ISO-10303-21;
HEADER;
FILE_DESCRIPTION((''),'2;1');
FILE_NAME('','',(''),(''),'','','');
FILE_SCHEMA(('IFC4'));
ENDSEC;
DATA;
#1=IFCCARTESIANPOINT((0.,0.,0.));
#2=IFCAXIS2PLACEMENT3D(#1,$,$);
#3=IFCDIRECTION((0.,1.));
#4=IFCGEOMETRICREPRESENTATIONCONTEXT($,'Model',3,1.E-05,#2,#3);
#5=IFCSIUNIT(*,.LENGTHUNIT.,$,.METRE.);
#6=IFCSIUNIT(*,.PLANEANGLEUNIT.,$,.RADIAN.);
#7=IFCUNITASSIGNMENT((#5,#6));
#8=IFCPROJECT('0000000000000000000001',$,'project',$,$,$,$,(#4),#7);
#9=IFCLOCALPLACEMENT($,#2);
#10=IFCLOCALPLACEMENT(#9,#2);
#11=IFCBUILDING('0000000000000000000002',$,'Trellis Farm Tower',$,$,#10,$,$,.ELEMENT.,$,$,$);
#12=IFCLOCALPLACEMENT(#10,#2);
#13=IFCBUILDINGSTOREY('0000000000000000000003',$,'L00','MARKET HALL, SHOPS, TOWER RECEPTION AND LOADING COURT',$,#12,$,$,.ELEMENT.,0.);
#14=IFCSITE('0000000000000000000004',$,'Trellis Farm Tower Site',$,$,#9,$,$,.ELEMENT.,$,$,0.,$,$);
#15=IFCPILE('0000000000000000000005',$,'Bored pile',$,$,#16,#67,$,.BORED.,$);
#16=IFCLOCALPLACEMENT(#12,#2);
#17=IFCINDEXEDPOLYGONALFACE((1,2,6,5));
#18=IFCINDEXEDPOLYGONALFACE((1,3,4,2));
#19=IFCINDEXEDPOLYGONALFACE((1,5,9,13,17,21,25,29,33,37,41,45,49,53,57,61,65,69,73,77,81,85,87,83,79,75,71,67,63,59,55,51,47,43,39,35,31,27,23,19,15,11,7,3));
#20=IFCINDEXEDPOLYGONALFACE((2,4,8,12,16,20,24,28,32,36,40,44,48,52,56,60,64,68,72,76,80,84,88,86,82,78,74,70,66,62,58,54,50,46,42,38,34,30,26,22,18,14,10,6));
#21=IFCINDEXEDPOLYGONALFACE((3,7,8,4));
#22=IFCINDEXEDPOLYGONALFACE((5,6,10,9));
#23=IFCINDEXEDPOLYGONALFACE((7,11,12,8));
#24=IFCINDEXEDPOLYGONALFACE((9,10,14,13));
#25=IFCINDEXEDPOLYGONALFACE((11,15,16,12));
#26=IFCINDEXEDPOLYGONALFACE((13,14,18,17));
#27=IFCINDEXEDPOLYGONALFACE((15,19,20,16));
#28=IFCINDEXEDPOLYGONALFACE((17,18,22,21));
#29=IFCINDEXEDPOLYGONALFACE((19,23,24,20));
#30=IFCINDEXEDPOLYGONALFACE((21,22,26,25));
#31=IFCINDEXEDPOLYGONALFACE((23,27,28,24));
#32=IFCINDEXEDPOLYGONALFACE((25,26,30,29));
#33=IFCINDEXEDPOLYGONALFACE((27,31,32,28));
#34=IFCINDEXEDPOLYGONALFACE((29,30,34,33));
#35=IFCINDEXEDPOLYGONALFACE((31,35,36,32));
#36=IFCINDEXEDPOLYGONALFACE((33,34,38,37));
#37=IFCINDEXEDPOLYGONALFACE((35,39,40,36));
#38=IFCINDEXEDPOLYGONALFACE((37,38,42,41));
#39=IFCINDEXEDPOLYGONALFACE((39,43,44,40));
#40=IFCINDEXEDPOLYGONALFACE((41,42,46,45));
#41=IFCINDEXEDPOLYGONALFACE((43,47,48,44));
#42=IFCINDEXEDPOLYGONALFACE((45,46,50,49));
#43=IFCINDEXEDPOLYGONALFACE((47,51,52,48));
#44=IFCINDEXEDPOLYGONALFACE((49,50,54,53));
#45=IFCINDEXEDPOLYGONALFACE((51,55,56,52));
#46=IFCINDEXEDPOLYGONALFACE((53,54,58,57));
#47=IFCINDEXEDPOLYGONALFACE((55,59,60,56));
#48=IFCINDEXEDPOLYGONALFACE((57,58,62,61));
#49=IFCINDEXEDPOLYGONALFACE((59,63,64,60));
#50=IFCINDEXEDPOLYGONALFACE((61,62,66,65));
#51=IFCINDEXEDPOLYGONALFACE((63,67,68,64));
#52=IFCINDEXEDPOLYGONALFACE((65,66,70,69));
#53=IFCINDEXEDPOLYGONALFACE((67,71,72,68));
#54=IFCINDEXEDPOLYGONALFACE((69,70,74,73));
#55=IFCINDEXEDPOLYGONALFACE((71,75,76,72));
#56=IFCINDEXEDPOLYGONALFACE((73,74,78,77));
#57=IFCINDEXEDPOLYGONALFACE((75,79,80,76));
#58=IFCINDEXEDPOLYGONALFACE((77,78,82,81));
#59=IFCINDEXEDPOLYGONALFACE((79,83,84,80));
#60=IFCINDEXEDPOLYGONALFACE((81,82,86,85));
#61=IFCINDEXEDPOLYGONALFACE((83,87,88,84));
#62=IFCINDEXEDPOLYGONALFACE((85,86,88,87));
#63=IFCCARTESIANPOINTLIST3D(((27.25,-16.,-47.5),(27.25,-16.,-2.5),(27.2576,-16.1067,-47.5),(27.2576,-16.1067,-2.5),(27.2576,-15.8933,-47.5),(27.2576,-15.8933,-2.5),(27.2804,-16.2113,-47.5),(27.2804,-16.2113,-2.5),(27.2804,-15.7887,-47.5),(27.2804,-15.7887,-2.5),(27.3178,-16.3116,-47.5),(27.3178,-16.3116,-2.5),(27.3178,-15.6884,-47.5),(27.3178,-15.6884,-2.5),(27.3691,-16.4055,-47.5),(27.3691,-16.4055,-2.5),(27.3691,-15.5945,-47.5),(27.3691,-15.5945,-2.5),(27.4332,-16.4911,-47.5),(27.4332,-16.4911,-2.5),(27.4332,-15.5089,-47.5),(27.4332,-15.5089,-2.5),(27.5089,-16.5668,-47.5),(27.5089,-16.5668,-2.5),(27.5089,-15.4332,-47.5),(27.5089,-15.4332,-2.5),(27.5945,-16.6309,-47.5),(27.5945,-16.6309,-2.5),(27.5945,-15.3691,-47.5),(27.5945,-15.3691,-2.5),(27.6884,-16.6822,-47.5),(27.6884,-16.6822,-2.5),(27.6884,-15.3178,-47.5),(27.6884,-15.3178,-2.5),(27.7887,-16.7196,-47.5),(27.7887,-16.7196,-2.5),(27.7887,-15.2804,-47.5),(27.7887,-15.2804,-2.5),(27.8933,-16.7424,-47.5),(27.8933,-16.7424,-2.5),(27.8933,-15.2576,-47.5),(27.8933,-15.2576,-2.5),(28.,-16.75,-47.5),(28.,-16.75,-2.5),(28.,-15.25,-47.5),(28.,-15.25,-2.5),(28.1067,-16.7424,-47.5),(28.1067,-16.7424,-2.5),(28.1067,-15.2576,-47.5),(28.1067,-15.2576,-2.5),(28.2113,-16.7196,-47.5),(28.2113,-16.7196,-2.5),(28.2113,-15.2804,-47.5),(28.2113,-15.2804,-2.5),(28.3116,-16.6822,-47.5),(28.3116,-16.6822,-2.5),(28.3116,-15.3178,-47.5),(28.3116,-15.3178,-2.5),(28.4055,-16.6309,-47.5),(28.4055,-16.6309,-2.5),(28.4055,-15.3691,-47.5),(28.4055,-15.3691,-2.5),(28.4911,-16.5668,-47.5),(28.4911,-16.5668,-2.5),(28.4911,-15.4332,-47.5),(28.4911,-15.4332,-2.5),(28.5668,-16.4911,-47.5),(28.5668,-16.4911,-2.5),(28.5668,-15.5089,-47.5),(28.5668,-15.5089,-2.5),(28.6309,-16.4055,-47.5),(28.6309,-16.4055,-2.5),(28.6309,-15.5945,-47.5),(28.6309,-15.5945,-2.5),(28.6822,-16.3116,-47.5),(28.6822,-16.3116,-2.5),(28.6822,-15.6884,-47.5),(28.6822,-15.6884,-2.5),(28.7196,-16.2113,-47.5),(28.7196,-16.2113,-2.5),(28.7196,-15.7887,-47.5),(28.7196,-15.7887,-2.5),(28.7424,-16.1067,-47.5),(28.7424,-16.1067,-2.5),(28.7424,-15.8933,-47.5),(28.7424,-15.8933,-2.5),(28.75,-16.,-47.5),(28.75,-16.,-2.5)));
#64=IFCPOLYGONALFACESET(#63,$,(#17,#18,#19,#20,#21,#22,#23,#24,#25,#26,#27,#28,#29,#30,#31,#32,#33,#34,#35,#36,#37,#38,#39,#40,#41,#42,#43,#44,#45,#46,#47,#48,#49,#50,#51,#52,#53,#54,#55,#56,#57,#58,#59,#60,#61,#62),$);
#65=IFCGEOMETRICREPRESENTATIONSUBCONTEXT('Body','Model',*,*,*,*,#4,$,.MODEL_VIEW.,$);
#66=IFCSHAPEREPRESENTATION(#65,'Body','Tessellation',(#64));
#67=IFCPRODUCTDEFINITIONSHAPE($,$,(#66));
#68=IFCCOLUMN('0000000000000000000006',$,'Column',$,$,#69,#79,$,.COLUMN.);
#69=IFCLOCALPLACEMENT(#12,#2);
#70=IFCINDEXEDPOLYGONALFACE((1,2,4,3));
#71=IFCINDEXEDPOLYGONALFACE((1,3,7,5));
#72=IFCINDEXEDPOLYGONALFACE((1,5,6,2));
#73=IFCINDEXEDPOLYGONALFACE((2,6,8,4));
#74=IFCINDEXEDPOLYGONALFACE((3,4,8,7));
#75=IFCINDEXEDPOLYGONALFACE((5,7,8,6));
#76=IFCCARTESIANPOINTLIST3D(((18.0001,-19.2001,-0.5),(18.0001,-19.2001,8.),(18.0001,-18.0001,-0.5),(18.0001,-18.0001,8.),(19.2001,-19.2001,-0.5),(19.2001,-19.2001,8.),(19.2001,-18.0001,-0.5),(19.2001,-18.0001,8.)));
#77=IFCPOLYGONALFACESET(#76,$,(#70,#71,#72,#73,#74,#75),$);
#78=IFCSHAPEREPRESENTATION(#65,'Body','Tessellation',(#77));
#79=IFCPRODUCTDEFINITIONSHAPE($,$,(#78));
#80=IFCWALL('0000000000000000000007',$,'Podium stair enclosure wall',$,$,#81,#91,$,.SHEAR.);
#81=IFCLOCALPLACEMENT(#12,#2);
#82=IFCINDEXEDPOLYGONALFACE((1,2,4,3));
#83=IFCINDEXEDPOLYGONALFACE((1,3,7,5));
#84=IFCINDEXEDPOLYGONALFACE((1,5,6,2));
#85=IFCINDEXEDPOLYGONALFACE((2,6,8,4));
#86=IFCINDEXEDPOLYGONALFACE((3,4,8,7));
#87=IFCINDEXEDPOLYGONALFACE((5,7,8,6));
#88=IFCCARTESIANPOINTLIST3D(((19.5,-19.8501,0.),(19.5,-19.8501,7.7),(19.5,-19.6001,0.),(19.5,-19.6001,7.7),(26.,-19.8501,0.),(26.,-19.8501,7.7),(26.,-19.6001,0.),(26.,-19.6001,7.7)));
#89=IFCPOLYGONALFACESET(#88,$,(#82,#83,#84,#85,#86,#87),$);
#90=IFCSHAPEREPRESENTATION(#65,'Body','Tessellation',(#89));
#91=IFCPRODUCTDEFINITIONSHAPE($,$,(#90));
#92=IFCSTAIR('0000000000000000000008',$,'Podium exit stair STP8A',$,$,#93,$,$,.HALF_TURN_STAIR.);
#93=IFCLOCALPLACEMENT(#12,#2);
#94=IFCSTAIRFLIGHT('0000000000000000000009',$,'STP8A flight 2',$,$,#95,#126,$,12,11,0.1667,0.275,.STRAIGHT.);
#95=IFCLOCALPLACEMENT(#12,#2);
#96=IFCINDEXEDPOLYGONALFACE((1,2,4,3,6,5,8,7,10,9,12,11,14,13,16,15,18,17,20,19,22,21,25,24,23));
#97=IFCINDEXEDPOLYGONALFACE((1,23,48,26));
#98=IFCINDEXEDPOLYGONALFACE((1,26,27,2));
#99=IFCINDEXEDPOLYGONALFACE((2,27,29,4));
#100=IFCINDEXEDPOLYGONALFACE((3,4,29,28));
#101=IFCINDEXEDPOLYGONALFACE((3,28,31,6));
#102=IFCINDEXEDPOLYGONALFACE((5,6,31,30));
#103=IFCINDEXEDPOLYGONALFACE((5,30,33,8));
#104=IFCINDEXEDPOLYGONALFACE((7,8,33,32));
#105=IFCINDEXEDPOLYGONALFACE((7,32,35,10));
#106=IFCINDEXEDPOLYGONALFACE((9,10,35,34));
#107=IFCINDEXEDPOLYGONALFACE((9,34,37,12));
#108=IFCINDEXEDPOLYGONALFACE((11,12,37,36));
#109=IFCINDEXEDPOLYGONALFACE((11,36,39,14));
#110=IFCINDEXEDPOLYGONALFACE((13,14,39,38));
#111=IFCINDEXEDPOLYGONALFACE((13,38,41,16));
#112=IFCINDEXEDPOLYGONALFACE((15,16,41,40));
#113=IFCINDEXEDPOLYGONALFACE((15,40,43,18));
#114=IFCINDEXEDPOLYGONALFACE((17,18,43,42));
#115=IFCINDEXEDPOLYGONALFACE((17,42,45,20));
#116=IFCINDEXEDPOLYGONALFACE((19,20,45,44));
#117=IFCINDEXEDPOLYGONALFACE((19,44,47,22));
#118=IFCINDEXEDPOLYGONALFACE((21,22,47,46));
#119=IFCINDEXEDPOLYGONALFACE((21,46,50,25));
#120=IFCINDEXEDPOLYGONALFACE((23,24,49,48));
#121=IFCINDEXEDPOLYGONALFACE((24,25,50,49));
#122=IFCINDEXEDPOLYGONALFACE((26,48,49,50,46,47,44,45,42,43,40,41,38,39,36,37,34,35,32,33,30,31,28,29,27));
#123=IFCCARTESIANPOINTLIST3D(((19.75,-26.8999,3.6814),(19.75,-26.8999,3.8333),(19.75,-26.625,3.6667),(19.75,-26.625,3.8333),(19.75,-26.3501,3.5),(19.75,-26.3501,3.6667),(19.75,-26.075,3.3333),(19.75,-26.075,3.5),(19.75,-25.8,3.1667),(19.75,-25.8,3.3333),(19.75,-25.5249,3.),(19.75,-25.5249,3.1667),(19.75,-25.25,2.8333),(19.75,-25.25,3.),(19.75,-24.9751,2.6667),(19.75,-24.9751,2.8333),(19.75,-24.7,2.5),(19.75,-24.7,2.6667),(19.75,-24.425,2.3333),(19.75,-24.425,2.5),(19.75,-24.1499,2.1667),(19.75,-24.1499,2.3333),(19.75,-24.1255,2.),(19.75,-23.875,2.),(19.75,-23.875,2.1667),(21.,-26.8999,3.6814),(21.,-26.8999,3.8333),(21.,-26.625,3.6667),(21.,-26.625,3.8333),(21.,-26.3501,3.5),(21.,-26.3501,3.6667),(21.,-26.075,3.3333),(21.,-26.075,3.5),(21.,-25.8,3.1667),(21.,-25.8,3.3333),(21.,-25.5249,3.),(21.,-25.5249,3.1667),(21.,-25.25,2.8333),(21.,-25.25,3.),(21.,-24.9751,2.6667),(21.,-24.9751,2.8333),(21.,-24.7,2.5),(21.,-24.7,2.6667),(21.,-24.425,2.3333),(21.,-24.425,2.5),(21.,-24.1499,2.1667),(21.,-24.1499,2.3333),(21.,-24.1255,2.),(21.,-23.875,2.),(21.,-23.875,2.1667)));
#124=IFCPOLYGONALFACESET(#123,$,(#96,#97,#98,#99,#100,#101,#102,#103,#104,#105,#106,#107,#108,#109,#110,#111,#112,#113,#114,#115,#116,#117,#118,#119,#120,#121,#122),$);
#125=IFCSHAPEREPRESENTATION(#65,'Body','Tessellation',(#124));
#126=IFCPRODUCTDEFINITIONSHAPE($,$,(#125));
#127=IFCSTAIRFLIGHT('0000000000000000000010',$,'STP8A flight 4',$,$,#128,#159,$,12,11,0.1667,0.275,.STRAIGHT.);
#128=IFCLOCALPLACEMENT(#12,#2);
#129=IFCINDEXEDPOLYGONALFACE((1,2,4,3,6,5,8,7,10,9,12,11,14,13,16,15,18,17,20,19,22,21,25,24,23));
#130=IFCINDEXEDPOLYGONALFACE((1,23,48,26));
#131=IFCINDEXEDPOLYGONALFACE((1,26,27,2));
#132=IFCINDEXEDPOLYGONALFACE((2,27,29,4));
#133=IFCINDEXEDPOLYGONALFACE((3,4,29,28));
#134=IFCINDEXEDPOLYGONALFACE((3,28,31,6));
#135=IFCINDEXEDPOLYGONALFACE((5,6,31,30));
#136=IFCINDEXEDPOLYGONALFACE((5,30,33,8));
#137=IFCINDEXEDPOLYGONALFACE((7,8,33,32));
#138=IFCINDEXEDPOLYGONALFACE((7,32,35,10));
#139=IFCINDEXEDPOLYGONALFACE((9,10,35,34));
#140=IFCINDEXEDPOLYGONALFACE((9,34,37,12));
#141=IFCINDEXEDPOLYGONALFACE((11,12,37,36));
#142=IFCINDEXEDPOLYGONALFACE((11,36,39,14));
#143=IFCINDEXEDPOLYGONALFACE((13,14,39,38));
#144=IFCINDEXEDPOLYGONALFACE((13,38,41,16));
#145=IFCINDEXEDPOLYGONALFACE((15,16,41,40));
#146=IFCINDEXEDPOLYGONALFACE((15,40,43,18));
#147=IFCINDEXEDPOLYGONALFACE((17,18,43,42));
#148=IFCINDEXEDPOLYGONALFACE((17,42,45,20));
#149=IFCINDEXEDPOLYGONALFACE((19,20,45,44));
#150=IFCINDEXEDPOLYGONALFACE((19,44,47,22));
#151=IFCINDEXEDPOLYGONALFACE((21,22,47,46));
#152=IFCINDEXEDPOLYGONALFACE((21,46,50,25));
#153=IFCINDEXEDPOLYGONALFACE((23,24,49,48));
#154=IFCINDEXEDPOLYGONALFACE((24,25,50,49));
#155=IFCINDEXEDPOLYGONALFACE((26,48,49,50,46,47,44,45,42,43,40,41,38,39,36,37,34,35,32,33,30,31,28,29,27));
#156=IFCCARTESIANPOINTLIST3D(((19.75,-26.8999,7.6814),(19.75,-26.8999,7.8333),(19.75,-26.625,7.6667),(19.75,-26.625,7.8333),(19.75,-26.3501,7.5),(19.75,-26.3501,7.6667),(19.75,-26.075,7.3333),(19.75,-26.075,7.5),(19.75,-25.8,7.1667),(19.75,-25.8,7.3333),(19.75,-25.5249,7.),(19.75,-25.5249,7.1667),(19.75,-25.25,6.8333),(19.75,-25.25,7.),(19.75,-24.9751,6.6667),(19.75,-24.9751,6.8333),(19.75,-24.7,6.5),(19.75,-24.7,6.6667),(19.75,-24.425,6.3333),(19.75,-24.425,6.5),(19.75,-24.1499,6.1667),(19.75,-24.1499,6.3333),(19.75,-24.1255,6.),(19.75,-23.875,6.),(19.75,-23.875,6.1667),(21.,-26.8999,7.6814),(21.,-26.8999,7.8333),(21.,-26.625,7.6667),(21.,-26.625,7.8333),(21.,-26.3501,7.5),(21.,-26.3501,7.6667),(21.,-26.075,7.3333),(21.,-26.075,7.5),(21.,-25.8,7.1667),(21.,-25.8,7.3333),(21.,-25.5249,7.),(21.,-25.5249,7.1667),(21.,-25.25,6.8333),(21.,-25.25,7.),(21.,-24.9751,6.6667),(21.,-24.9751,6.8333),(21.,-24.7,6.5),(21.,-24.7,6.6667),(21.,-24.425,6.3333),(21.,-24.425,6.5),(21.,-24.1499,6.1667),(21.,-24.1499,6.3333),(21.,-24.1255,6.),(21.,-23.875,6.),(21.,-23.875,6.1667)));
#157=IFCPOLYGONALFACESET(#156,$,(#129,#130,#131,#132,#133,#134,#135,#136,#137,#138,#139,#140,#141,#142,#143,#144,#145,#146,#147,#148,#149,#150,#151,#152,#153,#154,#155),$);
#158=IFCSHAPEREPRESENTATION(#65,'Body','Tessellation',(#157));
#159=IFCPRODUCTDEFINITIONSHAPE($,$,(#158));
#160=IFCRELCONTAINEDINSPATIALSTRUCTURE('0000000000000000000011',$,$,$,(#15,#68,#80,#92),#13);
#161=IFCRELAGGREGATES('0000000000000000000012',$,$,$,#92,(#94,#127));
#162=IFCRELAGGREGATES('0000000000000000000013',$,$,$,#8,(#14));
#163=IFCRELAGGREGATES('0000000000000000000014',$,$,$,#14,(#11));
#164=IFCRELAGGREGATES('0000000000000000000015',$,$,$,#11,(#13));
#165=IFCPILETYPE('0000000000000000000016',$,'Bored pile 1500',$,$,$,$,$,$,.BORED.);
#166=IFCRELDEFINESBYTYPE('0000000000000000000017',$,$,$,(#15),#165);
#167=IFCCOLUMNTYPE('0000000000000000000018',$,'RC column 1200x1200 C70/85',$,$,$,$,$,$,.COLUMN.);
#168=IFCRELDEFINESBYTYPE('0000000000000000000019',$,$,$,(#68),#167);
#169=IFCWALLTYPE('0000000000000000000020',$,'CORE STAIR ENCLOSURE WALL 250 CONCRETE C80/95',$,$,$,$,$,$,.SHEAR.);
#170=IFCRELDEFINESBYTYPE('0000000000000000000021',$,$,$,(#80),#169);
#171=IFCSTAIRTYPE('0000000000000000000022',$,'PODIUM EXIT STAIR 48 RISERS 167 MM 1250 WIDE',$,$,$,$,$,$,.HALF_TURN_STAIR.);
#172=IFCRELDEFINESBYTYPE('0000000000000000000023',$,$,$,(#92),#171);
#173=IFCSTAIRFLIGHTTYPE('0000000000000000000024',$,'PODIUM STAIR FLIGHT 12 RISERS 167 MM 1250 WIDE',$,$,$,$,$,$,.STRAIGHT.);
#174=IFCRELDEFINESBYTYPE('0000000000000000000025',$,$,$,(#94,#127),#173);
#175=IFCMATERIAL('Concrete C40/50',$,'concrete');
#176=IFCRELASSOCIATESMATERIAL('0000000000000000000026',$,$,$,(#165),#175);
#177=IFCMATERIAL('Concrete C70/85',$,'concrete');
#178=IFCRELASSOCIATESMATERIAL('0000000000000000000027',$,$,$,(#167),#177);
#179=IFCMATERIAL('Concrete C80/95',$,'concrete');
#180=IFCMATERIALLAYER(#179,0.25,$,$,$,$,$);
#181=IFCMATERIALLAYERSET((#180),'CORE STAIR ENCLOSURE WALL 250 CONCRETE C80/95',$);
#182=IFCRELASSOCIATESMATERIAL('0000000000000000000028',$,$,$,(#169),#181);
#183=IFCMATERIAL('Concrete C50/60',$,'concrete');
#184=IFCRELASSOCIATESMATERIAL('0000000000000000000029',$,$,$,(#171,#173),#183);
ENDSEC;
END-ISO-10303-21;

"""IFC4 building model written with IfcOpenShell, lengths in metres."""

from ifc_helpers import new_model, si_unit, direction, frame, frame_2d, origin, origin_2d, place, context, subcontext, project, spatial, polyline, rectangle, circle, outline, extrude, source, transform, mapped, material, layer, layer_set, material_profile, profile_set, type_object, element, aggregate, save


model = new_model("IFC4")

# Units and contexts
model_context = context("Model", 3, precision=1e-05, world=origin(), true_north=direction((0.0, 1.0)))
body_context = subcontext(model_context, "Body", "Model", "MODEL_VIEW")
ifc_project = project(units=[si_unit("LENGTHUNIT", "METRE"), si_unit("PLANEANGLEUNIT", "RADIAN")], contexts=[model_context])

# Site, building, storey
site_placement = place(None, origin())
site = spatial("IfcSite", under=ifc_project, at=site_placement, Name="Trellis Farm Tower Site", CompositionType="ELEMENT", RefElevation=0.0)
building_placement = place(site_placement, origin())
building = spatial("IfcBuilding", under=site, at=building_placement, Name="Trellis Farm Tower", CompositionType="ELEMENT")
storey_placement = place(building_placement, origin())
storey = spatial("IfcBuildingStorey", under=building, at=storey_placement, Name="L00", Description="MARKET HALL, SHOPS, TOWER RECEPTION AND LOADING COURT", CompositionType="ELEMENT", Elevation=0.0)

# Pile
ifc_material_1 = material(Name="Concrete C40/50", Category="concrete")
ifc_material_profile_1 = material_profile(ifc_material_1, circle(Radius=0.75, at=origin_2d()), Name="Bored pile 1500")
ifc_profile_set_1 = profile_set([ifc_material_profile_1], Name="Concrete C40/50")
pile_type = type_object("IfcPileType", Name="Bored pile 1500", PredefinedType="BORED", material=ifc_profile_set_1)
shared_shape_1 = source(origin(), body_context, "Body", "SweptSolid", [
    extrude(circle(Radius=0.75, at=origin_2d()), origin(), (0.0, 0.0, 1.0), 45.0),
])
for number, where, z_axis, x_axis, name in (
    (1, (28.0, -16.0, -2.5), (0.0, 0.0, -1.0), (1.0, 0.0, 0.0), "Bored pile"),
):
    element("IfcPile", number, at=place(storey_placement, frame(where, z_axis=z_axis, x_axis=x_axis)), inside=storey, type_object=pile_type, Name=name, PredefinedType="BORED", context=body_context, shape_type="MappedRepresentation", body=[
        mapped(shared_shape_1, transform((0.0, 0.0, 0.0))),
    ])

# Column
ifc_material_2 = material(Name="Concrete C70/85", Category="concrete")
ifc_material_profile_2 = material_profile(ifc_material_2, rectangle(XDim=1.2, YDim=1.2, at=origin_2d()), Name="RC column 1200x1200 C70/85")
ifc_profile_set_2 = profile_set([ifc_material_profile_2], Name="Concrete C70/85")
column_type = type_object("IfcColumnType", Name="RC column 1200x1200 C70/85", PredefinedType="COLUMN", material=ifc_profile_set_2)
shared_shape_2 = source(origin(), body_context, "Body", "SweptSolid", [
    extrude(rectangle(XDim=1.2, YDim=1.2, at=origin_2d()), origin(), (0.0, 0.0, 1.0), 8.5),
])
column_placement = place(storey_placement, frame((18.6001, -18.6001, -0.5), z_axis=(0.0, 0.0, 1.0), x_axis=(1.0, 0.0, 0.0)))
element("IfcColumn", 2, at=column_placement, inside=storey, type_object=column_type, Name="Column", PredefinedType="COLUMN", context=body_context, shape_type="MappedRepresentation", body=[
    mapped(shared_shape_2, transform((0.0, 0.0, 0.0))),
])

# Wall
ifc_material_3 = material(Name="Concrete C80/95", Category="concrete")
ifc_layer = layer(ifc_material_3, 0.25)
ifc_layer_set = layer_set([ifc_layer], Name="CORE STAIR ENCLOSURE WALL 250 CONCRETE C80/95")
wall_type = type_object("IfcWallType", Name="CORE STAIR ENCLOSURE WALL 250 CONCRETE C80/95", PredefinedType="SHEAR", material=ifc_layer_set)
shared_shape_3 = source(origin(), body_context, "Body", "SweptSolid", [
    extrude(rectangle(XDim=6.5, YDim=0.25, at=frame_2d((3.25, 0.0))), origin(), (0.0, 0.0, 1.0), 7.7),
])
wall_placement = place(storey_placement, frame((19.5, -19.7251, 0.0), z_axis=(0.0, 0.0, 1.0), x_axis=(1.0, 0.0, 0.0)))
element("IfcWall", 3, at=wall_placement, inside=storey, type_object=wall_type, Name="Podium stair enclosure wall", PredefinedType="SHEAR", context=body_context, shape_type="MappedRepresentation", body=[
    mapped(shared_shape_3, transform((0.0, 0.0, 0.0))),
])

# Stair, stair flights
ifc_material_4 = material(Name="Concrete C50/60", Category="concrete")
stair_type = type_object("IfcStairType", Name="PODIUM EXIT STAIR 48 RISERS 167 MM 1250 WIDE", PredefinedType="HALF_TURN_STAIR", material=ifc_material_4)
placement = place(storey_placement, origin())
stair_1 = element("IfcStair", 4, at=placement, inside=storey, type_object=stair_type, Name="Podium exit stair STP8A", PredefinedType="HALF_TURN_STAIR")
stair_flight_type = type_object("IfcStairFlightType", Name="PODIUM STAIR FLIGHT 12 RISERS 167 MM 1250 WIDE", PredefinedType="STRAIGHT", material=ifc_material_4)
shared_shape_4 = source(origin(), body_context, "Body", "SweptSolid", [
    extrude(outline(polyline([(0.0, 0.0), (0.0, 0.1667), (0.2749, 0.1667), (0.2749, 0.3333), (0.55, 0.3333), (0.55, 0.5), (0.825, 0.5), (0.825, 0.6667), (1.1001, 0.6667), (1.1001, 0.8333), (1.375, 0.8333), (1.375, 1.0), (1.6499, 1.0), (1.6499, 1.1667), (1.925, 1.1667), (1.925, 1.3333), (2.2, 1.3333), (2.2, 1.5), (2.4751, 1.5), (2.4751, 1.6667), (2.75, 1.6667), (2.75, 1.8333), (3.0249, 1.8333), (3.0249, 2.0), (3.0249, 1.6814), (0.2505, 0.0), (0.0, 0.0)])), frame((0.0, 0.625, 0.0), z_axis=(0.0, -1.0, 0.0), x_axis=(1.0, 0.0, 0.0)), (0.0, 0.0, 1.0), 1.25),
])
stair_flight_1_placement = place(storey_placement, frame((20.375, -23.875, 2.0), z_axis=(0.0, 0.0, 1.0), x_axis=(0.0, -1.0, 0.0)))
stair_flight_1 = element("IfcStairFlight", 5, at=stair_flight_1_placement, type_object=stair_flight_type, Name="STP8A flight 2", NumberOfRisers=12, NumberOfTreads=11, PredefinedType="STRAIGHT", RiserHeight=0.1667, TreadLength=0.275, context=body_context, shape_type="MappedRepresentation", body=[
    mapped(shared_shape_4, transform((0.0, 0.0, 0.0))),
])
stair_flight_2_placement = place(storey_placement, frame((20.375, -23.875, 6.0), z_axis=(0.0, 0.0, 1.0), x_axis=(0.0, -1.0, 0.0)))
stair_flight_2 = element("IfcStairFlight", 6, at=stair_flight_2_placement, type_object=stair_flight_type, Name="STP8A flight 4", NumberOfRisers=12, NumberOfTreads=11, PredefinedType="STRAIGHT", RiserHeight=0.1667, TreadLength=0.275, context=body_context, shape_type="MappedRepresentation", body=[
    mapped(shared_shape_4, transform((0.0, 0.0, 0.0))),
])
aggregate(stair_1, [stair_flight_1, stair_flight_2])

save(model, "model.ifc")
